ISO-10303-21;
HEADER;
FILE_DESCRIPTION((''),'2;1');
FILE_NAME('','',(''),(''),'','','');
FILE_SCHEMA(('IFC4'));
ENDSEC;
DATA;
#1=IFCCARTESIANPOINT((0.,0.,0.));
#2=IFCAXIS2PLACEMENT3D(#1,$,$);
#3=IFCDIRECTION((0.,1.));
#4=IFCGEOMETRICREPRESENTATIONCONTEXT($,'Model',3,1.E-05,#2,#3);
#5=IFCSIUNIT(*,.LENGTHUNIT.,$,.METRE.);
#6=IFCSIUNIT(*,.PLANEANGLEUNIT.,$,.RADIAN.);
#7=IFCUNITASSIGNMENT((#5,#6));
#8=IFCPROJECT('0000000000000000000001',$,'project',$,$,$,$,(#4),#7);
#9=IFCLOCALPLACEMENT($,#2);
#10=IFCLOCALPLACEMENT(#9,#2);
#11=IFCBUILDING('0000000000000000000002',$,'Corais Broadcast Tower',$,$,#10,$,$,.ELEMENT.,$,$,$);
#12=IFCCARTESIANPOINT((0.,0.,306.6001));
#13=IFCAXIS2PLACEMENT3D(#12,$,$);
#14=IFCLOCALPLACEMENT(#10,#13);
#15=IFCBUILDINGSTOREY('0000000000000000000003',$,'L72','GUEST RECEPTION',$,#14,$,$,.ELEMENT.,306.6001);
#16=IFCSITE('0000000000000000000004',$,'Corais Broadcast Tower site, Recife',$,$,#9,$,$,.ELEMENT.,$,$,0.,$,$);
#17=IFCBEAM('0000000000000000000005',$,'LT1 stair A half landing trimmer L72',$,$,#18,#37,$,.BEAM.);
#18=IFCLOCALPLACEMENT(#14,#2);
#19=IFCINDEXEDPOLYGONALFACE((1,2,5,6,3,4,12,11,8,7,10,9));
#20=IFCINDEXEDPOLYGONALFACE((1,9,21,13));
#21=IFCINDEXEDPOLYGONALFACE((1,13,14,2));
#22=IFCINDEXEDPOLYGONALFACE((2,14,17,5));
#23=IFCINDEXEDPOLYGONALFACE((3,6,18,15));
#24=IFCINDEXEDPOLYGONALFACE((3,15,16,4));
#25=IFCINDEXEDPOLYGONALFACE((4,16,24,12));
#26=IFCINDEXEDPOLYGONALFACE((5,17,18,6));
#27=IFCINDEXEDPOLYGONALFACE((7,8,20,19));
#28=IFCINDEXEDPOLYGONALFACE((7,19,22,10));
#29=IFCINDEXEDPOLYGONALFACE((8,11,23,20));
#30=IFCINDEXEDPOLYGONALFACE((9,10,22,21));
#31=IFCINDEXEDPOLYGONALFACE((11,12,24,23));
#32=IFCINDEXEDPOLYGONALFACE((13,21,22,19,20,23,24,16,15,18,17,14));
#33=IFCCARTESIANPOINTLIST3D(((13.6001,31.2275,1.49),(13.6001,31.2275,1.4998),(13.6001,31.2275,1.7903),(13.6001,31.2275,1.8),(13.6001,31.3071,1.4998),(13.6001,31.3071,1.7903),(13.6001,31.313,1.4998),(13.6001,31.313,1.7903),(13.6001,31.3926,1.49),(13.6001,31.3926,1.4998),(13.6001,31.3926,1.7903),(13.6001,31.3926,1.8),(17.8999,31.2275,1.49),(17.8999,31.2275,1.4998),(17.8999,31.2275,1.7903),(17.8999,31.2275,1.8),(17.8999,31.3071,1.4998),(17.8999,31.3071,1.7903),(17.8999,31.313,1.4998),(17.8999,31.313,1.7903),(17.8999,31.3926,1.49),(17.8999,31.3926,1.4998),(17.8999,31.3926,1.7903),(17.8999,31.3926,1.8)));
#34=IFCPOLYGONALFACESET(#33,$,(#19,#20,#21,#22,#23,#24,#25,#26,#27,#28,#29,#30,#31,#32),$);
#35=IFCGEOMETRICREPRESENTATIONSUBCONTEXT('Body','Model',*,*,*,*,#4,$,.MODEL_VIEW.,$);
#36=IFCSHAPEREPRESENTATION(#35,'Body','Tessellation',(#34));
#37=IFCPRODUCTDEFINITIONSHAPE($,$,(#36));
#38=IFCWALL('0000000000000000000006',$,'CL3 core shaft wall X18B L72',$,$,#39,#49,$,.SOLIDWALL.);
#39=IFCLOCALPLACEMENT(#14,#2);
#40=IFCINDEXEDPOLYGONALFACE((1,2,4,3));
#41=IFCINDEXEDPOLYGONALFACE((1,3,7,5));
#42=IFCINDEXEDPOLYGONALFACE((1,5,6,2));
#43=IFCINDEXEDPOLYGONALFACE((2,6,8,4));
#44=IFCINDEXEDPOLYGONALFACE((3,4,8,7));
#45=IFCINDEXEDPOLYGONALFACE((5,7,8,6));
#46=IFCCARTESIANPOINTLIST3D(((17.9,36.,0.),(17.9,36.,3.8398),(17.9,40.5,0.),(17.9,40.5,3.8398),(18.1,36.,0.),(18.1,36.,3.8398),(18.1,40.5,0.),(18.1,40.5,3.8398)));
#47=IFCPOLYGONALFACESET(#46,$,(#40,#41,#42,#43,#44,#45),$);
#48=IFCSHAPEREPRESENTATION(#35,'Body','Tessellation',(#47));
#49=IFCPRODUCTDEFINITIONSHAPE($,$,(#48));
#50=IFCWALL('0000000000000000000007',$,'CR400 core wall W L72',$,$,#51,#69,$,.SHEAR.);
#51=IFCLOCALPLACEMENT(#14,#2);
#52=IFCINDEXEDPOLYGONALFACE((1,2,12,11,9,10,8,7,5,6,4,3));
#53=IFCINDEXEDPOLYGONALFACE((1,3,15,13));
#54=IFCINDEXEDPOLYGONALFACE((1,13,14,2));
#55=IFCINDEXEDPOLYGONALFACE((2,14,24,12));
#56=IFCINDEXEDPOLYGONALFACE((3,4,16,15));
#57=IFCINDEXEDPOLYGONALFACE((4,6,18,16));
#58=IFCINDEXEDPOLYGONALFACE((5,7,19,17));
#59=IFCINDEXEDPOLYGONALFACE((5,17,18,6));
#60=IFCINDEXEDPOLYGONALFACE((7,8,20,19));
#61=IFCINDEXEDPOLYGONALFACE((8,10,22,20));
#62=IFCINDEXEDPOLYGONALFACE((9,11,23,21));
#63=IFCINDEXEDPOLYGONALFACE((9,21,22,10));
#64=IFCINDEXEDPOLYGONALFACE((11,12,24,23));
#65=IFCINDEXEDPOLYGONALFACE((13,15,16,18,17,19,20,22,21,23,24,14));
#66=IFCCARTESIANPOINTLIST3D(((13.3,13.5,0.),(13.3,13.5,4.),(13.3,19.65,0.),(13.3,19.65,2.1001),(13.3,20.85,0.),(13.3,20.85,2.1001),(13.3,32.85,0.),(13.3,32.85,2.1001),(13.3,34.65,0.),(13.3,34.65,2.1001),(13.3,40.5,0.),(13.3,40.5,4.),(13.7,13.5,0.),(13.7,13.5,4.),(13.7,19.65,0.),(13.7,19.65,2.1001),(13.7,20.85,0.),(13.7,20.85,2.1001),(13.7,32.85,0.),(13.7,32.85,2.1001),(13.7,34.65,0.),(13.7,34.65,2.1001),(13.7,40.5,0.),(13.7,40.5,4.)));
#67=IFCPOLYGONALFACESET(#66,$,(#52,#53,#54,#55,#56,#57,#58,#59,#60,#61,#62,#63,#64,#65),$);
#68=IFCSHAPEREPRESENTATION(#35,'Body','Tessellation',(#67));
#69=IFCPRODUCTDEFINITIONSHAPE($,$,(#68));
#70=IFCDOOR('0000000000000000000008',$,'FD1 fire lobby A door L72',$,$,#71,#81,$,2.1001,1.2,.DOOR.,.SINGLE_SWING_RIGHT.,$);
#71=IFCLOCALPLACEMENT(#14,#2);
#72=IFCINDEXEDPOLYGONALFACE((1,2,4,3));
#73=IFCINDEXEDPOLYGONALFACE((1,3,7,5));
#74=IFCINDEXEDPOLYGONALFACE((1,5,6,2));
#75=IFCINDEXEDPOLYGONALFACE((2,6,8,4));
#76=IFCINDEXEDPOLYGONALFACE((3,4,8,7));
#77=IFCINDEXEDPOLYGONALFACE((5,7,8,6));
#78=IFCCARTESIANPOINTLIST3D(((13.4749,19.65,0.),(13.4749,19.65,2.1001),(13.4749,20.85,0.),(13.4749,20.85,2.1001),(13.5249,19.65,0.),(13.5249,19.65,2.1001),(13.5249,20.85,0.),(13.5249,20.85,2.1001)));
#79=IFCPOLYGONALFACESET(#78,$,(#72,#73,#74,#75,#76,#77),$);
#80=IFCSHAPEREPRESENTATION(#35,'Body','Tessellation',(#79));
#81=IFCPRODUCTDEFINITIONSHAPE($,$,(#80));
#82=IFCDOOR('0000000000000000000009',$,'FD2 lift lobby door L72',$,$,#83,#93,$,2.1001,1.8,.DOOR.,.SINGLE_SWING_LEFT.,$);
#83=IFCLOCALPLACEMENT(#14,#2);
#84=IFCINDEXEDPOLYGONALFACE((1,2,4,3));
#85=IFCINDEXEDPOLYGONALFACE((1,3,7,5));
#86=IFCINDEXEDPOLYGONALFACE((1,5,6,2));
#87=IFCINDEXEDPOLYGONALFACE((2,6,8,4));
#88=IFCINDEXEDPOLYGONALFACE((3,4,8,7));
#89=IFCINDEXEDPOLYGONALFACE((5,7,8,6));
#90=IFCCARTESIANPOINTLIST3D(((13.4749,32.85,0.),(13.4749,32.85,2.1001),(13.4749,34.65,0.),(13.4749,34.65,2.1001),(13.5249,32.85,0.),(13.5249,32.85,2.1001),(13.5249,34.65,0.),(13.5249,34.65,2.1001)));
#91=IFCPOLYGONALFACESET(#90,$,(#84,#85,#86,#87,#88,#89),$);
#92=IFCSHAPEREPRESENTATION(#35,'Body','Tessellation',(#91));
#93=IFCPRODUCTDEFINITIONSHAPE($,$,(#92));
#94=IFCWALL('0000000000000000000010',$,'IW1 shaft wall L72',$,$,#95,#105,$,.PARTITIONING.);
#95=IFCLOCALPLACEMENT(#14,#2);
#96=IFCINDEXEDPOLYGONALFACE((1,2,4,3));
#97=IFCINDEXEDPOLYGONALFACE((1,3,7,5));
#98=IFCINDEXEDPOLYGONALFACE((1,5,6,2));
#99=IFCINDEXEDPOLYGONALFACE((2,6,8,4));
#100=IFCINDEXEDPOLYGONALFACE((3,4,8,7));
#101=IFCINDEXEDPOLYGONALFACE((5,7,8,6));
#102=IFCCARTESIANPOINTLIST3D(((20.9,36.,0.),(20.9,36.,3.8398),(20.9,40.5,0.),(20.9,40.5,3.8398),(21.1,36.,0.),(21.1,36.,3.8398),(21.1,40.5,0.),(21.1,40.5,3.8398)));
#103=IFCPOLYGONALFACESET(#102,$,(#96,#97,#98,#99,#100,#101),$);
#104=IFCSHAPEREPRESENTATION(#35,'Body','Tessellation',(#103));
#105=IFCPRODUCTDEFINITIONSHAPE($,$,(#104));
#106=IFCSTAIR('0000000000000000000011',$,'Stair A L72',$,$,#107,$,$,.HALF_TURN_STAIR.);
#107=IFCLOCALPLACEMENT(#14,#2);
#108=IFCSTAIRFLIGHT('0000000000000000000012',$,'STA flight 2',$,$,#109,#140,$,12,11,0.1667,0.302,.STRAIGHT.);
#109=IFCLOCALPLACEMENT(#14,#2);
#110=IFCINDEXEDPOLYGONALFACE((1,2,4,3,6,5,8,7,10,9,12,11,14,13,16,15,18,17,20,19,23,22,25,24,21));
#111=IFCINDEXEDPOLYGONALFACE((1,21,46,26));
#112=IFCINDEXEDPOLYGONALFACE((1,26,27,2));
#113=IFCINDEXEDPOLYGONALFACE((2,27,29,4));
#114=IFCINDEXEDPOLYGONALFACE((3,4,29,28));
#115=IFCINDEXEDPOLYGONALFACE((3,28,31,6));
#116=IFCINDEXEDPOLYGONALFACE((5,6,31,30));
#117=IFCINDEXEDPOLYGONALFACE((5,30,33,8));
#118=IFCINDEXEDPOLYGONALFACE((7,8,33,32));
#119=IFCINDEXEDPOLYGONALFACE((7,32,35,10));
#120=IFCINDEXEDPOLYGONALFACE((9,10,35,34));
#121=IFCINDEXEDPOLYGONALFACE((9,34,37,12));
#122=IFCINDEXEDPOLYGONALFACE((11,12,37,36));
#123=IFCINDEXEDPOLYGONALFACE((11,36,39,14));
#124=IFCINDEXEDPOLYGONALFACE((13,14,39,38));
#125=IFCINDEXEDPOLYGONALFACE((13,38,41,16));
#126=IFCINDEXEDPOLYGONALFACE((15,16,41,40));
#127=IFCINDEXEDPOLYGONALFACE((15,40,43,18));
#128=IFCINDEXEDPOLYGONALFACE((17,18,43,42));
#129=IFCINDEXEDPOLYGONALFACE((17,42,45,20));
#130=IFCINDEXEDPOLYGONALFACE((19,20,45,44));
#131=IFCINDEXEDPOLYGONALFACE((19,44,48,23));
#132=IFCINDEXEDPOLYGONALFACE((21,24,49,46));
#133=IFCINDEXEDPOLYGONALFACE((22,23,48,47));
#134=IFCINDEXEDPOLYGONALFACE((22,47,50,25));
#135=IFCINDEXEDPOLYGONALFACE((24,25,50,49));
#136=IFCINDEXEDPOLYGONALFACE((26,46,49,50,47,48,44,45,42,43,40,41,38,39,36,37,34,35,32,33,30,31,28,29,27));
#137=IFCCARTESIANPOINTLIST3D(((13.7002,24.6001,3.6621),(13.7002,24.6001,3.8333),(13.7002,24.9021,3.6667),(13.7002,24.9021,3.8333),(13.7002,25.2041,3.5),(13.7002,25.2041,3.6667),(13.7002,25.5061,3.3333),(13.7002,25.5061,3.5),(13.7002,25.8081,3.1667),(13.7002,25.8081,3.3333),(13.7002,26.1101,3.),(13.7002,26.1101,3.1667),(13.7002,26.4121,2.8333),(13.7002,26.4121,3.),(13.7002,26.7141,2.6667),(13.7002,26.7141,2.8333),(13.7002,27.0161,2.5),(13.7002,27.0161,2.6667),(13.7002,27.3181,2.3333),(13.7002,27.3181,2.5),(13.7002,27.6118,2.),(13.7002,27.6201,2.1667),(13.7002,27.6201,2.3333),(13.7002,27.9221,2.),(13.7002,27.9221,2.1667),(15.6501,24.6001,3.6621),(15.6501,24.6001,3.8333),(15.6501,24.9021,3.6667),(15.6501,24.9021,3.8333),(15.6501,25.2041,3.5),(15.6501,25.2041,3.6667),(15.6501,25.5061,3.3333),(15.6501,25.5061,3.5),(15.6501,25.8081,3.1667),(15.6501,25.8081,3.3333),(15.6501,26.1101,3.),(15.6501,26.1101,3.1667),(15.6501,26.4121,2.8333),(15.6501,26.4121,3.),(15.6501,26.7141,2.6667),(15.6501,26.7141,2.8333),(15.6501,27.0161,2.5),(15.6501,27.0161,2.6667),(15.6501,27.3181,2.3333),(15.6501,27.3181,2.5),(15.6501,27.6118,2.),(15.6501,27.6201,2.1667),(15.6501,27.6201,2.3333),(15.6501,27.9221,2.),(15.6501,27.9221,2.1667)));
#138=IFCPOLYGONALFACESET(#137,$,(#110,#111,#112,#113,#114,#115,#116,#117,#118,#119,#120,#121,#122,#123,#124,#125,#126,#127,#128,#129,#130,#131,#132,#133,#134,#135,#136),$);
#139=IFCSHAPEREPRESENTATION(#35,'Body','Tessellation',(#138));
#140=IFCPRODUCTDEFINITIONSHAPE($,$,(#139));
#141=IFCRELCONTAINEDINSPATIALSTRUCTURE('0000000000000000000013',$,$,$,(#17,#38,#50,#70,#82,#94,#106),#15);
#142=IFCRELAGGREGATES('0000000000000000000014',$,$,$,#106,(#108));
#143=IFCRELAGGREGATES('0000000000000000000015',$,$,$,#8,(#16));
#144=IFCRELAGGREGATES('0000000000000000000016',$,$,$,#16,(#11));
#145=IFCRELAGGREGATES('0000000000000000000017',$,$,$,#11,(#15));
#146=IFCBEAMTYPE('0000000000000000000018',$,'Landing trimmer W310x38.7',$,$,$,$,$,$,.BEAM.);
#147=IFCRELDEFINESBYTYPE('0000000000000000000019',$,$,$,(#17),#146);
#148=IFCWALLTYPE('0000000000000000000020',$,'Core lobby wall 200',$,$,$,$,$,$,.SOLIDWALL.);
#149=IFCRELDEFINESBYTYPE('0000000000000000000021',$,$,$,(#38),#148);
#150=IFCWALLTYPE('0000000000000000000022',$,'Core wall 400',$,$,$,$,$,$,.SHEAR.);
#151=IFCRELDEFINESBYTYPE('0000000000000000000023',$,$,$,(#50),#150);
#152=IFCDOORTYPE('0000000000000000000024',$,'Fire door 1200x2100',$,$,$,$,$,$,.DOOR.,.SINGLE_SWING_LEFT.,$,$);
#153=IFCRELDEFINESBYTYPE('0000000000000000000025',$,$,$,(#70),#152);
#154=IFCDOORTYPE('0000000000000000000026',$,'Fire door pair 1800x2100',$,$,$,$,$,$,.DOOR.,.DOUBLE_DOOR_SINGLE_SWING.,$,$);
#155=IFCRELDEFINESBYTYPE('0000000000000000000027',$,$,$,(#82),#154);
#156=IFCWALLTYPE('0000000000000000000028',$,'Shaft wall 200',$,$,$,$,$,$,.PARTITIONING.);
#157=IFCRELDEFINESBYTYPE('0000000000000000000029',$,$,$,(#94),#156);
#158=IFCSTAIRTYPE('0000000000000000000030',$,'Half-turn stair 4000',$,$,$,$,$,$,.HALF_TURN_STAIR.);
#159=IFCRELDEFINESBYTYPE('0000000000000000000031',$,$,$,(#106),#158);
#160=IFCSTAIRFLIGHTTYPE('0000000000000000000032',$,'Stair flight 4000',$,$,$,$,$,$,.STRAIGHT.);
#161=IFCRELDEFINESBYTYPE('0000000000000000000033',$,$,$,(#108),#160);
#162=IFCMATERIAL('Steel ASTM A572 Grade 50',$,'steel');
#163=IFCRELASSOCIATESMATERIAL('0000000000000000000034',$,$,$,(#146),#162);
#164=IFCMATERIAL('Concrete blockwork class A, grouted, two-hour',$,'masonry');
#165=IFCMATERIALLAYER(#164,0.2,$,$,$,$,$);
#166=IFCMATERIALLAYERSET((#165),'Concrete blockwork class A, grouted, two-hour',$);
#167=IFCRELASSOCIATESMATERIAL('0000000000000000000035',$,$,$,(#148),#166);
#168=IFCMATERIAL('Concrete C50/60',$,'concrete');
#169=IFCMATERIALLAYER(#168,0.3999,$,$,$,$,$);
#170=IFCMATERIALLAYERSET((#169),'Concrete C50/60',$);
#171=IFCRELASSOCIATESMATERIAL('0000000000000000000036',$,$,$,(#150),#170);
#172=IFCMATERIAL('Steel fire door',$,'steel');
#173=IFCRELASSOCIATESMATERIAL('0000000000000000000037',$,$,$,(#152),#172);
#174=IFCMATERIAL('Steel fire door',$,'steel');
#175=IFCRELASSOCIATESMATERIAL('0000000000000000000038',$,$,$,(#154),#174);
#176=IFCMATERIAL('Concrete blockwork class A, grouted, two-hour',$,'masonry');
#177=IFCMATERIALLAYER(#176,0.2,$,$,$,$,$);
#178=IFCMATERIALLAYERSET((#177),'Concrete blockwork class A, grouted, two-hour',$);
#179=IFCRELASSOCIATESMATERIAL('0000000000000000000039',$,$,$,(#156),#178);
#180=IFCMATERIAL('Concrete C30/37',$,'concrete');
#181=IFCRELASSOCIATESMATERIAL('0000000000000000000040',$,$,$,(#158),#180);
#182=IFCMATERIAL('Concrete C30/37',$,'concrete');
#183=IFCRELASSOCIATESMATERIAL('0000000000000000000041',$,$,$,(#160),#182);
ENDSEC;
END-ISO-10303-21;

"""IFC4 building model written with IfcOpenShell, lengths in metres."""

from ifc_helpers import new_model, si_unit, direction, frame, frame_2d, origin, origin_2d, place, context, subcontext, project, spatial, polyline, rectangle, i_section, outline, extrude, material, layer, layer_set, material_profile, profile_set, type_object, element, fill, aggregate, save


model = new_model("IFC4")

# Units and contexts
model_context = context("Model", 3, precision=1e-05, world=origin(), true_north=direction((0.0, 1.0)))
body_context = subcontext(model_context, "Body", "Model", "MODEL_VIEW")
ifc_project = project(units=[si_unit("LENGTHUNIT", "METRE"), si_unit("PLANEANGLEUNIT", "RADIAN")], contexts=[model_context])

# Site, building, storey
site_placement = place(None, origin())
site = spatial("IfcSite", under=ifc_project, at=site_placement, Name="Corais Broadcast Tower site, Recife", CompositionType="ELEMENT", RefElevation=0.0)
building_placement = place(site_placement, origin())
building = spatial("IfcBuilding", under=site, at=building_placement, Name="Corais Broadcast Tower", CompositionType="ELEMENT")
storey_placement = place(building_placement, frame((0.0, 0.0, 306.6001)))
storey = spatial("IfcBuildingStorey", under=building, at=storey_placement, Name="L72", Description="GUEST RECEPTION", CompositionType="ELEMENT", Elevation=306.6001)

# Beam
ifc_material_1 = material(Name="Steel ASTM A572 Grade 50", Category="steel")
ifc_material_profile = material_profile(ifc_material_1, i_section(OverallWidth=0.165, OverallDepth=0.3101, WebThickness=0.0059, FlangeThickness=0.0098, at=origin_2d()), Name="W310x38.7")
ifc_profile_set = profile_set([ifc_material_profile], Name="Steel ASTM A572 Grade 50")
beam_type = type_object("IfcBeamType", Name="Landing trimmer W310x38.7", PredefinedType="BEAM", material=ifc_profile_set)
beam_placement = place(storey_placement, frame((13.6001, 31.3101, 1.645), z_axis=(1.0, 0.0, 0.0), x_axis=(0.0, 1.0, 0.0)))
element("IfcBeam", 1, at=beam_placement, inside=storey, type_object=beam_type, Name="LT1 stair A half landing trimmer L72", PredefinedType="BEAM", context=body_context, shape_type="SweptSolid", body=[
    extrude(i_section(OverallWidth=0.165, OverallDepth=0.3101, WebThickness=0.0059, FlangeThickness=0.0098, at=origin_2d()), origin(), (0.0, 0.0, 1.0), 4.2998),
])

# Wall
ifc_material_2 = material(Name="Concrete blockwork class A, grouted, two-hour", Category="masonry")
ifc_layer_1 = layer(ifc_material_2, 0.2)
ifc_layer_set_1 = layer_set([ifc_layer_1], Name="Concrete blockwork class A, grouted, two-hour")
wall_type_1 = type_object("IfcWallType", Name="Core lobby wall 200", PredefinedType="SOLIDWALL", material=ifc_layer_set_1)
wall_1_placement = place(storey_placement, frame((18.0, 36.0, 0.0), z_axis=(0.0, 0.0, 1.0), x_axis=(0.0, 1.0, 0.0)))
element("IfcWall", 2, at=wall_1_placement, inside=storey, type_object=wall_type_1, Name="CL3 core shaft wall X18B L72", PredefinedType="SOLIDWALL", context=body_context, shape_type="SweptSolid", body=[
    extrude(rectangle(XDim=4.5, YDim=0.2, at=frame_2d((2.25, 0.0))), origin(), (0.0, 0.0, 1.0), 3.8398),
])

# Wall, openings, doors
ifc_material_3 = material(Name="Concrete C50/60", Category="concrete")
ifc_layer_2 = layer(ifc_material_3, 0.3999)
ifc_layer_set_2 = layer_set([ifc_layer_2], Name="Concrete C50/60")
wall_type_2 = type_object("IfcWallType", Name="Core wall 400", PredefinedType="SHEAR", material=ifc_layer_set_2)
wall_2_placement = place(storey_placement, frame((13.5, 40.5, 0.0), z_axis=(0.0, 0.0, 1.0), x_axis=(0.0, -1.0, 0.0)))
wall_2 = element("IfcWall", 3, at=wall_2_placement, inside=storey, type_object=wall_type_2, Name="CR400 core wall W L72", PredefinedType="SHEAR", context=body_context, shape_type="SweptSolid", body=[
    extrude(rectangle(XDim=27.0, YDim=0.3999, at=frame_2d((13.5, 0.0))), origin(), (0.0, 0.0, 1.0), 4.0),
])
opening_1_placement = place(wall_2_placement, frame((19.6499, 0.0, 0.0)))
opening_1 = element("IfcOpeningElement", 4, at=opening_1_placement, cuts=wall_2, PredefinedType="OPENING", context=body_context, shape_type="SweptSolid", body=[
    extrude(rectangle(XDim=1.2, YDim=2.1001, at=frame_2d((0.6001, 1.05))), frame((0.0, 0.21, 0.0), z_axis=(0.0, -1.0, 0.0), x_axis=(1.0, 0.0, 0.0)), (0.0, 0.0, 1.0), 0.4199),
])
opening_2_placement = place(wall_2_placement, frame((5.8501, 0.0, 0.0)))
opening_2 = element("IfcOpeningElement", 5, at=opening_2_placement, cuts=wall_2, PredefinedType="OPENING", context=body_context, shape_type="SweptSolid", body=[
    extrude(rectangle(XDim=1.8, YDim=2.1001, at=frame_2d((0.8999, 1.05))), frame((0.0, 0.21, 0.0), z_axis=(0.0, -1.0, 0.0), x_axis=(1.0, 0.0, 0.0)), (0.0, 0.0, 1.0), 0.4199),
])
ifc_material_4 = material(Name="Steel fire door", Category="steel")
door_type_1 = type_object("IfcDoorType", Name="Fire door 1200x2100", OperationType="SINGLE_SWING_LEFT", PredefinedType="DOOR", material=ifc_material_4)
door_1_placement = place(opening_1_placement, origin())
door_1 = element("IfcDoor", 6, at=door_1_placement, inside=storey, type_object=door_type_1, Name="FD1 fire lobby A door L72", OperationType="SINGLE_SWING_RIGHT", OverallHeight=2.1001, OverallWidth=1.2, PredefinedType="DOOR", context=body_context, shape_type="SweptSolid", body=[
    extrude(rectangle(XDim=1.2, YDim=2.1001, at=frame_2d((0.6001, 1.05))), frame((0.0, 0.0249, 0.0), z_axis=(0.0, -1.0, 0.0), x_axis=(1.0, 0.0, 0.0)), (0.0, 0.0, 1.0), 0.05),
])
fill(opening_1, door_1)
ifc_material_5 = material(Name="Steel fire door", Category="steel")
door_type_2 = type_object("IfcDoorType", Name="Fire door pair 1800x2100", OperationType="DOUBLE_DOOR_SINGLE_SWING", PredefinedType="DOOR", material=ifc_material_5)
door_2_placement = place(opening_2_placement, origin())
door_2 = element("IfcDoor", 7, at=door_2_placement, inside=storey, type_object=door_type_2, Name="FD2 lift lobby door L72", OperationType="SINGLE_SWING_LEFT", OverallHeight=2.1001, OverallWidth=1.8, PredefinedType="DOOR", context=body_context, shape_type="SweptSolid", body=[
    extrude(rectangle(XDim=1.8, YDim=2.1001, at=frame_2d((0.8999, 1.05))), frame((0.0, 0.0249, 0.0), z_axis=(0.0, -1.0, 0.0), x_axis=(1.0, 0.0, 0.0)), (0.0, 0.0, 1.0), 0.05),
])
fill(opening_2, door_2)

# Wall
ifc_material_6 = material(Name="Concrete blockwork class A, grouted, two-hour", Category="masonry")
ifc_layer_3 = layer(ifc_material_6, 0.2)
ifc_layer_set_3 = layer_set([ifc_layer_3], Name="Concrete blockwork class A, grouted, two-hour")
wall_type_3 = type_object("IfcWallType", Name="Shaft wall 200", PredefinedType="PARTITIONING", material=ifc_layer_set_3)
wall_3_placement = place(storey_placement, frame((21.0, 36.0, 0.0), z_axis=(0.0, 0.0, 1.0), x_axis=(0.0, 1.0, 0.0)))
element("IfcWall", 8, at=wall_3_placement, inside=storey, type_object=wall_type_3, Name="IW1 shaft wall L72", PredefinedType="PARTITIONING", context=body_context, shape_type="SweptSolid", body=[
    extrude(rectangle(XDim=4.5, YDim=0.2, at=frame_2d((2.25, 0.0))), origin(), (0.0, 0.0, 1.0), 3.8398),
])

# Stair, stair flight
ifc_material_7 = material(Name="Concrete C30/37", Category="concrete")
stair_type = type_object("IfcStairType", Name="Half-turn stair 4000", PredefinedType="HALF_TURN_STAIR", material=ifc_material_7)
stair_placement = place(storey_placement, origin())
stair = element("IfcStair", 9, at=stair_placement, inside=storey, type_object=stair_type, Name="Stair A L72", PredefinedType="HALF_TURN_STAIR")
ifc_material_8 = material(Name="Concrete C30/37", Category="concrete")
stair_flight_type = type_object("IfcStairFlightType", Name="Stair flight 4000", PredefinedType="STRAIGHT", material=ifc_material_8)
stair_flight_placement = place(storey_placement, frame((14.675, 27.9221, 2.0), z_axis=(0.0, 0.0, 1.0), x_axis=(0.0, -1.0, 0.0)))
stair_flight = element("IfcStairFlight", 10, at=stair_flight_placement, type_object=stair_flight_type, Name="STA flight 2", NumberOfRisers=12, NumberOfTreads=11, PredefinedType="STRAIGHT", RiserHeight=0.1667, TreadLength=0.302, context=body_context, shape_type="SweptSolid", body=[
    extrude(outline(polyline([(0.0, 0.0), (0.0, 0.1667), (0.302, 0.1667), (0.302, 0.3333), (0.604, 0.3333), (0.604, 0.5), (0.906, 0.5), (0.906, 0.6667), (1.208, 0.6667), (1.208, 0.8333), (1.51, 0.8333), (1.51, 1.0), (1.812, 1.0), (1.812, 1.1667), (2.114, 1.1667), (2.114, 1.3333), (2.416, 1.3333), (2.416, 1.5), (2.718, 1.5), (2.718, 1.6667), (3.02, 1.6667), (3.02, 1.8333), (3.322, 1.8333), (3.322, 2.0), (3.322, 1.6621), (0.3103, 0.0), (0.0, 0.0)])), frame((0.0, 0.9751, 0.0), z_axis=(0.0, -1.0, 0.0), x_axis=(1.0, 0.0, 0.0)), (0.0, 0.0, 1.0), 1.95),
])
aggregate(stair, [stair_flight])

save(model, "model.ifc")
